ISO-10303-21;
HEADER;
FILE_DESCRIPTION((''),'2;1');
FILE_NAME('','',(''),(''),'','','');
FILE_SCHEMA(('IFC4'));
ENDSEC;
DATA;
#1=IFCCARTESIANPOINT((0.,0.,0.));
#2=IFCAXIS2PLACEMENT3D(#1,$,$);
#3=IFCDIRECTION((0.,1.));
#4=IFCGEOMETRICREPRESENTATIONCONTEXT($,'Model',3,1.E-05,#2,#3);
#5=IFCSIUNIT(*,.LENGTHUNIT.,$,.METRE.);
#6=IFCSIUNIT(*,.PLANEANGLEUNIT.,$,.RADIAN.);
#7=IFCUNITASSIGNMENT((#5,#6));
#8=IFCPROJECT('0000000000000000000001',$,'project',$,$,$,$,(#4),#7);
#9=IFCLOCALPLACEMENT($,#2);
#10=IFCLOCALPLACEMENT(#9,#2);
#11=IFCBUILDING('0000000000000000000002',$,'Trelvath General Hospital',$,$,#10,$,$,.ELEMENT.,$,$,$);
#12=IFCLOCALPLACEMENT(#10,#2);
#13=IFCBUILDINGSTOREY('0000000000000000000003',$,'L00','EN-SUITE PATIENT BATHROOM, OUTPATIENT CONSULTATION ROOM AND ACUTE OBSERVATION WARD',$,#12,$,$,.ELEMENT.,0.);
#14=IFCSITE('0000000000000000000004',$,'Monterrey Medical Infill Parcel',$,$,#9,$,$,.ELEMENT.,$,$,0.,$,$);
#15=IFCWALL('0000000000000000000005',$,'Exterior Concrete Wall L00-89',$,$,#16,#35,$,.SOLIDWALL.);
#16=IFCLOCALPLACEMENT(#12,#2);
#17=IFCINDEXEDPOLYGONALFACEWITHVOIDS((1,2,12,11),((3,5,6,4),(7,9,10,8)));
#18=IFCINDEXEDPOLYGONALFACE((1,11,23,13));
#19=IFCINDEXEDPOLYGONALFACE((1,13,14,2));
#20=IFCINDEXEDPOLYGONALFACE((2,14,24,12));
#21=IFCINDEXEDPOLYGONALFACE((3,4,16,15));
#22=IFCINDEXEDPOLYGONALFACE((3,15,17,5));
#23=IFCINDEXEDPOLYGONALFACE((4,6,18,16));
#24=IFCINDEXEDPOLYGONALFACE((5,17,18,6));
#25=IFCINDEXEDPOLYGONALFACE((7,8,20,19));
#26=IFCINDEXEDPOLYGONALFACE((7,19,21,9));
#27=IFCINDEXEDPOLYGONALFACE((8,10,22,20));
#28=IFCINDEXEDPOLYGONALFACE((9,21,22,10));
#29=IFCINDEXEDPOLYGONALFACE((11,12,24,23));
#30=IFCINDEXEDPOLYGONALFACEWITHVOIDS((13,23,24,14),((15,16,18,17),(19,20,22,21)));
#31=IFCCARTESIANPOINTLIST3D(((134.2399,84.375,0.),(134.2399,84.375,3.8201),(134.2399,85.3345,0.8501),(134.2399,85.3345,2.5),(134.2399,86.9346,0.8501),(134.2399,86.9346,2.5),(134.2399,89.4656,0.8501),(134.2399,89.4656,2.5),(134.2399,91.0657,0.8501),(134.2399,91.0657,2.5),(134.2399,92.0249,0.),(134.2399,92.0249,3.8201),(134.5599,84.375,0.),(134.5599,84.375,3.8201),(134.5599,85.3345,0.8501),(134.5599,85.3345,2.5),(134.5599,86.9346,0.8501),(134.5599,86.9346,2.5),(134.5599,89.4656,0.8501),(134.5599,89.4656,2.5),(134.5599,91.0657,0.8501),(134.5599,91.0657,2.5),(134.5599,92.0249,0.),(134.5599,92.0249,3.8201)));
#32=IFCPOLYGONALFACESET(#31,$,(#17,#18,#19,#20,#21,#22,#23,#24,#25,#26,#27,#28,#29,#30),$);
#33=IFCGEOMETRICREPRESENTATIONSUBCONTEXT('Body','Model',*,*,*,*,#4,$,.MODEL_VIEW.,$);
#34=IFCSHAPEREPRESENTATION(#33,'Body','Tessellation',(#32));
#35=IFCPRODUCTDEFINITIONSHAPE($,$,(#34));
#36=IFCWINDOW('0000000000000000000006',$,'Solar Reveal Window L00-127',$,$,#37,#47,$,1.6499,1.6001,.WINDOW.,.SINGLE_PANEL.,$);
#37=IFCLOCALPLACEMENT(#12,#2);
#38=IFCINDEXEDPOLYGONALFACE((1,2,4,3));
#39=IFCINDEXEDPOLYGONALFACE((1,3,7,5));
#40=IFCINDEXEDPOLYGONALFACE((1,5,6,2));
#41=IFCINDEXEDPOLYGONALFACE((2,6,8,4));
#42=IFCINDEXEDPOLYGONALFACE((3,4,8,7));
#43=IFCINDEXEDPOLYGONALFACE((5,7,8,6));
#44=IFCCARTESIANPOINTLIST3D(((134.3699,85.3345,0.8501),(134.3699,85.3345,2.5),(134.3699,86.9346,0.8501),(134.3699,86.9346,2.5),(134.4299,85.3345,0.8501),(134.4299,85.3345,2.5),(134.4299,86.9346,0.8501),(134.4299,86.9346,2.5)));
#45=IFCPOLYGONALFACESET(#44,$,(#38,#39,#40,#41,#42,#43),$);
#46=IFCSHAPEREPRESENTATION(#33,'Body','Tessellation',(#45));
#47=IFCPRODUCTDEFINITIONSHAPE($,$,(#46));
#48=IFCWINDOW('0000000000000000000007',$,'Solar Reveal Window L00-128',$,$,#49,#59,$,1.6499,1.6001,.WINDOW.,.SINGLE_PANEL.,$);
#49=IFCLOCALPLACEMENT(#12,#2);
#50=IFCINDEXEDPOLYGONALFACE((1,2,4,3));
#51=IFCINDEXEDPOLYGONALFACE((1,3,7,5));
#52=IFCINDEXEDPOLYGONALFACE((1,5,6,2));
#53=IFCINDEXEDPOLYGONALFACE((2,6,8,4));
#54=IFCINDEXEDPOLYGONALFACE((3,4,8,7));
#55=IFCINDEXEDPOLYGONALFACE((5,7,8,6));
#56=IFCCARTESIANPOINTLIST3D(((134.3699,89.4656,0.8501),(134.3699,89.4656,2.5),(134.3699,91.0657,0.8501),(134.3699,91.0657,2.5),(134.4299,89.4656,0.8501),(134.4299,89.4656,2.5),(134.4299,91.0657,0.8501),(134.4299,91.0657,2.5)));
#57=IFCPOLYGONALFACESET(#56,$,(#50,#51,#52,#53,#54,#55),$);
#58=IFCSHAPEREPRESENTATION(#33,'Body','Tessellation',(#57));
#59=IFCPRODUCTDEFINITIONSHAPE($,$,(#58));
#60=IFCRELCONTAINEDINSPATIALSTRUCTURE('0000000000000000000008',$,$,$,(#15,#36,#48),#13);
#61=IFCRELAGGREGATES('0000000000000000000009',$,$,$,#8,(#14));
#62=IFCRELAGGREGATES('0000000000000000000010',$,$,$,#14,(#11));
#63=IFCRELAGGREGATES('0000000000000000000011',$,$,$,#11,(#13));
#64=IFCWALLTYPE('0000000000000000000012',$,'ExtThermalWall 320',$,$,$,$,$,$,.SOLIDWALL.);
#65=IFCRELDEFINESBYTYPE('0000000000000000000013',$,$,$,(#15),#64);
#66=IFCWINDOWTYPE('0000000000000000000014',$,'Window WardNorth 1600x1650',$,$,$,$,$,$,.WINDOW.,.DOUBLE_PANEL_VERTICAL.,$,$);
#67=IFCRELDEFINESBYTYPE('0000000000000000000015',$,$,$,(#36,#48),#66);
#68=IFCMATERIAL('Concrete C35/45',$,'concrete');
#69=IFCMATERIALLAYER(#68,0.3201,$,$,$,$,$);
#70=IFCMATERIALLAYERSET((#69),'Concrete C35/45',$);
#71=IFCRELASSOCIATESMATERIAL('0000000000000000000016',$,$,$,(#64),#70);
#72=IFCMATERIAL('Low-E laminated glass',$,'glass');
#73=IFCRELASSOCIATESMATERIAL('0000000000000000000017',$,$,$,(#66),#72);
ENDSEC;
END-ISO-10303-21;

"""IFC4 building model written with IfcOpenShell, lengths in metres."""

from ifc_helpers import new_model, si_unit, direction, frame, frame_2d, origin, place, context, subcontext, project, spatial, rectangle, extrude, material, layer, layer_set, type_object, element, fill, save


model = new_model("IFC4")

# Units and contexts
model_context = context("Model", 3, precision=1e-05, world=origin(), true_north=direction((0.0, 1.0)))
body_context = subcontext(model_context, "Body", "Model", "MODEL_VIEW")
ifc_project = project(units=[si_unit("LENGTHUNIT", "METRE"), si_unit("PLANEANGLEUNIT", "RADIAN")], contexts=[model_context])

# Site, building, storey
site_placement = place(None, origin())
site = spatial("IfcSite", under=ifc_project, at=site_placement, Name="Monterrey Medical Infill Parcel", CompositionType="ELEMENT", RefElevation=0.0)
building_placement = place(site_placement, origin())
building = spatial("IfcBuilding", under=site, at=building_placement, Name="Trelvath General Hospital", CompositionType="ELEMENT")
storey_placement = place(building_placement, origin())
storey = spatial("IfcBuildingStorey", under=building, at=storey_placement, Name="L00", Description="EN-SUITE PATIENT BATHROOM, OUTPATIENT CONSULTATION ROOM AND ACUTE OBSERVATION WARD", CompositionType="ELEMENT", Elevation=0.0)

# Wall, openings, windows
ifc_material_1 = material(Name="Concrete C35/45", Category="concrete")
ifc_layer_1 = layer(ifc_material_1, 0.3201)
ifc_layer_set_1 = layer_set([ifc_layer_1], Name="Concrete C35/45")
wall_type_1 = type_object("IfcWallType", Name="ExtThermalWall 320", PredefinedType="SOLIDWALL", material=ifc_layer_set_1)
ifc_material_2 = material(Name="Low-E laminated glass", Category="glass")
window_type_1 = type_object("IfcWindowType", Name="Window WardNorth 1600x1650", PartitioningType="DOUBLE_PANEL_VERTICAL", PredefinedType="WINDOW", material=ifc_material_2)
wall_1_placement = place(storey_placement, frame((134.3999, 84.375, 0.0), z_axis=(0.0, 0.0, 1.0), x_axis=(0.0, 1.0, 0.0)))
wall_1 = element("IfcWall", 1, at=wall_1_placement, inside=storey, type_object=wall_type_1, Name="Exterior Concrete Wall L00-89", PredefinedType="SOLIDWALL", context=body_context, shape_type="SweptSolid", body=[
    extrude(rectangle(XDim=7.6499, YDim=0.3201, at=frame_2d((3.825, 0.0))), origin(), (0.0, 0.0, 1.0), 3.8201),
])
opening_1_placement = place(wall_1_placement, frame((0.9595, 0.0, 0.8501)))
opening_1 = element("IfcOpeningElement", 2, at=opening_1_placement, cuts=wall_1, PredefinedType="OPENING", context=body_context, shape_type="SweptSolid", body=[
    extrude(rectangle(XDim=1.6001, YDim=1.6499, at=frame_2d((0.8, 0.825))), frame((0.0, 0.1699, 0.0), z_axis=(0.0, -1.0, 0.0), x_axis=(1.0, 0.0, 0.0)), (0.0, 0.0, 1.0), 0.3401),
])
opening_2_placement = place(wall_1_placement, frame((5.0906, 0.0, 0.8501)))
opening_2 = element("IfcOpeningElement", 3, at=opening_2_placement, cuts=wall_1, PredefinedType="OPENING", context=body_context, shape_type="SweptSolid", body=[
    extrude(rectangle(XDim=1.6001, YDim=1.6499, at=frame_2d((0.8, 0.825))), frame((0.0, 0.1699, 0.0), z_axis=(0.0, -1.0, 0.0), x_axis=(1.0, 0.0, 0.0)), (0.0, 0.0, 1.0), 0.3401),
])
window_1_placement = place(opening_1_placement, origin())
window_1 = element("IfcWindow", 4, at=window_1_placement, inside=storey, type_object=window_type_1, Name="Solar Reveal Window L00-127", OverallHeight=1.6499, OverallWidth=1.6001, PartitioningType="SINGLE_PANEL", PredefinedType="WINDOW", context=body_context, shape_type="SweptSolid", body=[
    extrude(rectangle(XDim=1.6001, YDim=1.6499, at=frame_2d((0.8, 0.825))), frame((0.0, 0.03, 0.0), z_axis=(0.0, -1.0, 0.0), x_axis=(1.0, 0.0, 0.0)), (0.0, 0.0, 1.0), 0.0601),
])
fill(opening_1, window_1)
window_2_placement = place(opening_2_placement, origin())
window_2 = element("IfcWindow", 5, at=window_2_placement, inside=storey, type_object=window_type_1, Name="Solar Reveal Window L00-128", OverallHeight=1.6499, OverallWidth=1.6001, PartitioningType="SINGLE_PANEL", PredefinedType="WINDOW", context=body_context, shape_type="SweptSolid", body=[
    extrude(rectangle(XDim=1.6001, YDim=1.6499, at=frame_2d((0.8, 0.825))), frame((0.0, 0.03, 0.0), z_axis=(0.0, -1.0, 0.0), x_axis=(1.0, 0.0, 0.0)), (0.0, 0.0, 1.0), 0.0601),
])
fill(opening_2, window_2)

save(model, "model.ifc")
